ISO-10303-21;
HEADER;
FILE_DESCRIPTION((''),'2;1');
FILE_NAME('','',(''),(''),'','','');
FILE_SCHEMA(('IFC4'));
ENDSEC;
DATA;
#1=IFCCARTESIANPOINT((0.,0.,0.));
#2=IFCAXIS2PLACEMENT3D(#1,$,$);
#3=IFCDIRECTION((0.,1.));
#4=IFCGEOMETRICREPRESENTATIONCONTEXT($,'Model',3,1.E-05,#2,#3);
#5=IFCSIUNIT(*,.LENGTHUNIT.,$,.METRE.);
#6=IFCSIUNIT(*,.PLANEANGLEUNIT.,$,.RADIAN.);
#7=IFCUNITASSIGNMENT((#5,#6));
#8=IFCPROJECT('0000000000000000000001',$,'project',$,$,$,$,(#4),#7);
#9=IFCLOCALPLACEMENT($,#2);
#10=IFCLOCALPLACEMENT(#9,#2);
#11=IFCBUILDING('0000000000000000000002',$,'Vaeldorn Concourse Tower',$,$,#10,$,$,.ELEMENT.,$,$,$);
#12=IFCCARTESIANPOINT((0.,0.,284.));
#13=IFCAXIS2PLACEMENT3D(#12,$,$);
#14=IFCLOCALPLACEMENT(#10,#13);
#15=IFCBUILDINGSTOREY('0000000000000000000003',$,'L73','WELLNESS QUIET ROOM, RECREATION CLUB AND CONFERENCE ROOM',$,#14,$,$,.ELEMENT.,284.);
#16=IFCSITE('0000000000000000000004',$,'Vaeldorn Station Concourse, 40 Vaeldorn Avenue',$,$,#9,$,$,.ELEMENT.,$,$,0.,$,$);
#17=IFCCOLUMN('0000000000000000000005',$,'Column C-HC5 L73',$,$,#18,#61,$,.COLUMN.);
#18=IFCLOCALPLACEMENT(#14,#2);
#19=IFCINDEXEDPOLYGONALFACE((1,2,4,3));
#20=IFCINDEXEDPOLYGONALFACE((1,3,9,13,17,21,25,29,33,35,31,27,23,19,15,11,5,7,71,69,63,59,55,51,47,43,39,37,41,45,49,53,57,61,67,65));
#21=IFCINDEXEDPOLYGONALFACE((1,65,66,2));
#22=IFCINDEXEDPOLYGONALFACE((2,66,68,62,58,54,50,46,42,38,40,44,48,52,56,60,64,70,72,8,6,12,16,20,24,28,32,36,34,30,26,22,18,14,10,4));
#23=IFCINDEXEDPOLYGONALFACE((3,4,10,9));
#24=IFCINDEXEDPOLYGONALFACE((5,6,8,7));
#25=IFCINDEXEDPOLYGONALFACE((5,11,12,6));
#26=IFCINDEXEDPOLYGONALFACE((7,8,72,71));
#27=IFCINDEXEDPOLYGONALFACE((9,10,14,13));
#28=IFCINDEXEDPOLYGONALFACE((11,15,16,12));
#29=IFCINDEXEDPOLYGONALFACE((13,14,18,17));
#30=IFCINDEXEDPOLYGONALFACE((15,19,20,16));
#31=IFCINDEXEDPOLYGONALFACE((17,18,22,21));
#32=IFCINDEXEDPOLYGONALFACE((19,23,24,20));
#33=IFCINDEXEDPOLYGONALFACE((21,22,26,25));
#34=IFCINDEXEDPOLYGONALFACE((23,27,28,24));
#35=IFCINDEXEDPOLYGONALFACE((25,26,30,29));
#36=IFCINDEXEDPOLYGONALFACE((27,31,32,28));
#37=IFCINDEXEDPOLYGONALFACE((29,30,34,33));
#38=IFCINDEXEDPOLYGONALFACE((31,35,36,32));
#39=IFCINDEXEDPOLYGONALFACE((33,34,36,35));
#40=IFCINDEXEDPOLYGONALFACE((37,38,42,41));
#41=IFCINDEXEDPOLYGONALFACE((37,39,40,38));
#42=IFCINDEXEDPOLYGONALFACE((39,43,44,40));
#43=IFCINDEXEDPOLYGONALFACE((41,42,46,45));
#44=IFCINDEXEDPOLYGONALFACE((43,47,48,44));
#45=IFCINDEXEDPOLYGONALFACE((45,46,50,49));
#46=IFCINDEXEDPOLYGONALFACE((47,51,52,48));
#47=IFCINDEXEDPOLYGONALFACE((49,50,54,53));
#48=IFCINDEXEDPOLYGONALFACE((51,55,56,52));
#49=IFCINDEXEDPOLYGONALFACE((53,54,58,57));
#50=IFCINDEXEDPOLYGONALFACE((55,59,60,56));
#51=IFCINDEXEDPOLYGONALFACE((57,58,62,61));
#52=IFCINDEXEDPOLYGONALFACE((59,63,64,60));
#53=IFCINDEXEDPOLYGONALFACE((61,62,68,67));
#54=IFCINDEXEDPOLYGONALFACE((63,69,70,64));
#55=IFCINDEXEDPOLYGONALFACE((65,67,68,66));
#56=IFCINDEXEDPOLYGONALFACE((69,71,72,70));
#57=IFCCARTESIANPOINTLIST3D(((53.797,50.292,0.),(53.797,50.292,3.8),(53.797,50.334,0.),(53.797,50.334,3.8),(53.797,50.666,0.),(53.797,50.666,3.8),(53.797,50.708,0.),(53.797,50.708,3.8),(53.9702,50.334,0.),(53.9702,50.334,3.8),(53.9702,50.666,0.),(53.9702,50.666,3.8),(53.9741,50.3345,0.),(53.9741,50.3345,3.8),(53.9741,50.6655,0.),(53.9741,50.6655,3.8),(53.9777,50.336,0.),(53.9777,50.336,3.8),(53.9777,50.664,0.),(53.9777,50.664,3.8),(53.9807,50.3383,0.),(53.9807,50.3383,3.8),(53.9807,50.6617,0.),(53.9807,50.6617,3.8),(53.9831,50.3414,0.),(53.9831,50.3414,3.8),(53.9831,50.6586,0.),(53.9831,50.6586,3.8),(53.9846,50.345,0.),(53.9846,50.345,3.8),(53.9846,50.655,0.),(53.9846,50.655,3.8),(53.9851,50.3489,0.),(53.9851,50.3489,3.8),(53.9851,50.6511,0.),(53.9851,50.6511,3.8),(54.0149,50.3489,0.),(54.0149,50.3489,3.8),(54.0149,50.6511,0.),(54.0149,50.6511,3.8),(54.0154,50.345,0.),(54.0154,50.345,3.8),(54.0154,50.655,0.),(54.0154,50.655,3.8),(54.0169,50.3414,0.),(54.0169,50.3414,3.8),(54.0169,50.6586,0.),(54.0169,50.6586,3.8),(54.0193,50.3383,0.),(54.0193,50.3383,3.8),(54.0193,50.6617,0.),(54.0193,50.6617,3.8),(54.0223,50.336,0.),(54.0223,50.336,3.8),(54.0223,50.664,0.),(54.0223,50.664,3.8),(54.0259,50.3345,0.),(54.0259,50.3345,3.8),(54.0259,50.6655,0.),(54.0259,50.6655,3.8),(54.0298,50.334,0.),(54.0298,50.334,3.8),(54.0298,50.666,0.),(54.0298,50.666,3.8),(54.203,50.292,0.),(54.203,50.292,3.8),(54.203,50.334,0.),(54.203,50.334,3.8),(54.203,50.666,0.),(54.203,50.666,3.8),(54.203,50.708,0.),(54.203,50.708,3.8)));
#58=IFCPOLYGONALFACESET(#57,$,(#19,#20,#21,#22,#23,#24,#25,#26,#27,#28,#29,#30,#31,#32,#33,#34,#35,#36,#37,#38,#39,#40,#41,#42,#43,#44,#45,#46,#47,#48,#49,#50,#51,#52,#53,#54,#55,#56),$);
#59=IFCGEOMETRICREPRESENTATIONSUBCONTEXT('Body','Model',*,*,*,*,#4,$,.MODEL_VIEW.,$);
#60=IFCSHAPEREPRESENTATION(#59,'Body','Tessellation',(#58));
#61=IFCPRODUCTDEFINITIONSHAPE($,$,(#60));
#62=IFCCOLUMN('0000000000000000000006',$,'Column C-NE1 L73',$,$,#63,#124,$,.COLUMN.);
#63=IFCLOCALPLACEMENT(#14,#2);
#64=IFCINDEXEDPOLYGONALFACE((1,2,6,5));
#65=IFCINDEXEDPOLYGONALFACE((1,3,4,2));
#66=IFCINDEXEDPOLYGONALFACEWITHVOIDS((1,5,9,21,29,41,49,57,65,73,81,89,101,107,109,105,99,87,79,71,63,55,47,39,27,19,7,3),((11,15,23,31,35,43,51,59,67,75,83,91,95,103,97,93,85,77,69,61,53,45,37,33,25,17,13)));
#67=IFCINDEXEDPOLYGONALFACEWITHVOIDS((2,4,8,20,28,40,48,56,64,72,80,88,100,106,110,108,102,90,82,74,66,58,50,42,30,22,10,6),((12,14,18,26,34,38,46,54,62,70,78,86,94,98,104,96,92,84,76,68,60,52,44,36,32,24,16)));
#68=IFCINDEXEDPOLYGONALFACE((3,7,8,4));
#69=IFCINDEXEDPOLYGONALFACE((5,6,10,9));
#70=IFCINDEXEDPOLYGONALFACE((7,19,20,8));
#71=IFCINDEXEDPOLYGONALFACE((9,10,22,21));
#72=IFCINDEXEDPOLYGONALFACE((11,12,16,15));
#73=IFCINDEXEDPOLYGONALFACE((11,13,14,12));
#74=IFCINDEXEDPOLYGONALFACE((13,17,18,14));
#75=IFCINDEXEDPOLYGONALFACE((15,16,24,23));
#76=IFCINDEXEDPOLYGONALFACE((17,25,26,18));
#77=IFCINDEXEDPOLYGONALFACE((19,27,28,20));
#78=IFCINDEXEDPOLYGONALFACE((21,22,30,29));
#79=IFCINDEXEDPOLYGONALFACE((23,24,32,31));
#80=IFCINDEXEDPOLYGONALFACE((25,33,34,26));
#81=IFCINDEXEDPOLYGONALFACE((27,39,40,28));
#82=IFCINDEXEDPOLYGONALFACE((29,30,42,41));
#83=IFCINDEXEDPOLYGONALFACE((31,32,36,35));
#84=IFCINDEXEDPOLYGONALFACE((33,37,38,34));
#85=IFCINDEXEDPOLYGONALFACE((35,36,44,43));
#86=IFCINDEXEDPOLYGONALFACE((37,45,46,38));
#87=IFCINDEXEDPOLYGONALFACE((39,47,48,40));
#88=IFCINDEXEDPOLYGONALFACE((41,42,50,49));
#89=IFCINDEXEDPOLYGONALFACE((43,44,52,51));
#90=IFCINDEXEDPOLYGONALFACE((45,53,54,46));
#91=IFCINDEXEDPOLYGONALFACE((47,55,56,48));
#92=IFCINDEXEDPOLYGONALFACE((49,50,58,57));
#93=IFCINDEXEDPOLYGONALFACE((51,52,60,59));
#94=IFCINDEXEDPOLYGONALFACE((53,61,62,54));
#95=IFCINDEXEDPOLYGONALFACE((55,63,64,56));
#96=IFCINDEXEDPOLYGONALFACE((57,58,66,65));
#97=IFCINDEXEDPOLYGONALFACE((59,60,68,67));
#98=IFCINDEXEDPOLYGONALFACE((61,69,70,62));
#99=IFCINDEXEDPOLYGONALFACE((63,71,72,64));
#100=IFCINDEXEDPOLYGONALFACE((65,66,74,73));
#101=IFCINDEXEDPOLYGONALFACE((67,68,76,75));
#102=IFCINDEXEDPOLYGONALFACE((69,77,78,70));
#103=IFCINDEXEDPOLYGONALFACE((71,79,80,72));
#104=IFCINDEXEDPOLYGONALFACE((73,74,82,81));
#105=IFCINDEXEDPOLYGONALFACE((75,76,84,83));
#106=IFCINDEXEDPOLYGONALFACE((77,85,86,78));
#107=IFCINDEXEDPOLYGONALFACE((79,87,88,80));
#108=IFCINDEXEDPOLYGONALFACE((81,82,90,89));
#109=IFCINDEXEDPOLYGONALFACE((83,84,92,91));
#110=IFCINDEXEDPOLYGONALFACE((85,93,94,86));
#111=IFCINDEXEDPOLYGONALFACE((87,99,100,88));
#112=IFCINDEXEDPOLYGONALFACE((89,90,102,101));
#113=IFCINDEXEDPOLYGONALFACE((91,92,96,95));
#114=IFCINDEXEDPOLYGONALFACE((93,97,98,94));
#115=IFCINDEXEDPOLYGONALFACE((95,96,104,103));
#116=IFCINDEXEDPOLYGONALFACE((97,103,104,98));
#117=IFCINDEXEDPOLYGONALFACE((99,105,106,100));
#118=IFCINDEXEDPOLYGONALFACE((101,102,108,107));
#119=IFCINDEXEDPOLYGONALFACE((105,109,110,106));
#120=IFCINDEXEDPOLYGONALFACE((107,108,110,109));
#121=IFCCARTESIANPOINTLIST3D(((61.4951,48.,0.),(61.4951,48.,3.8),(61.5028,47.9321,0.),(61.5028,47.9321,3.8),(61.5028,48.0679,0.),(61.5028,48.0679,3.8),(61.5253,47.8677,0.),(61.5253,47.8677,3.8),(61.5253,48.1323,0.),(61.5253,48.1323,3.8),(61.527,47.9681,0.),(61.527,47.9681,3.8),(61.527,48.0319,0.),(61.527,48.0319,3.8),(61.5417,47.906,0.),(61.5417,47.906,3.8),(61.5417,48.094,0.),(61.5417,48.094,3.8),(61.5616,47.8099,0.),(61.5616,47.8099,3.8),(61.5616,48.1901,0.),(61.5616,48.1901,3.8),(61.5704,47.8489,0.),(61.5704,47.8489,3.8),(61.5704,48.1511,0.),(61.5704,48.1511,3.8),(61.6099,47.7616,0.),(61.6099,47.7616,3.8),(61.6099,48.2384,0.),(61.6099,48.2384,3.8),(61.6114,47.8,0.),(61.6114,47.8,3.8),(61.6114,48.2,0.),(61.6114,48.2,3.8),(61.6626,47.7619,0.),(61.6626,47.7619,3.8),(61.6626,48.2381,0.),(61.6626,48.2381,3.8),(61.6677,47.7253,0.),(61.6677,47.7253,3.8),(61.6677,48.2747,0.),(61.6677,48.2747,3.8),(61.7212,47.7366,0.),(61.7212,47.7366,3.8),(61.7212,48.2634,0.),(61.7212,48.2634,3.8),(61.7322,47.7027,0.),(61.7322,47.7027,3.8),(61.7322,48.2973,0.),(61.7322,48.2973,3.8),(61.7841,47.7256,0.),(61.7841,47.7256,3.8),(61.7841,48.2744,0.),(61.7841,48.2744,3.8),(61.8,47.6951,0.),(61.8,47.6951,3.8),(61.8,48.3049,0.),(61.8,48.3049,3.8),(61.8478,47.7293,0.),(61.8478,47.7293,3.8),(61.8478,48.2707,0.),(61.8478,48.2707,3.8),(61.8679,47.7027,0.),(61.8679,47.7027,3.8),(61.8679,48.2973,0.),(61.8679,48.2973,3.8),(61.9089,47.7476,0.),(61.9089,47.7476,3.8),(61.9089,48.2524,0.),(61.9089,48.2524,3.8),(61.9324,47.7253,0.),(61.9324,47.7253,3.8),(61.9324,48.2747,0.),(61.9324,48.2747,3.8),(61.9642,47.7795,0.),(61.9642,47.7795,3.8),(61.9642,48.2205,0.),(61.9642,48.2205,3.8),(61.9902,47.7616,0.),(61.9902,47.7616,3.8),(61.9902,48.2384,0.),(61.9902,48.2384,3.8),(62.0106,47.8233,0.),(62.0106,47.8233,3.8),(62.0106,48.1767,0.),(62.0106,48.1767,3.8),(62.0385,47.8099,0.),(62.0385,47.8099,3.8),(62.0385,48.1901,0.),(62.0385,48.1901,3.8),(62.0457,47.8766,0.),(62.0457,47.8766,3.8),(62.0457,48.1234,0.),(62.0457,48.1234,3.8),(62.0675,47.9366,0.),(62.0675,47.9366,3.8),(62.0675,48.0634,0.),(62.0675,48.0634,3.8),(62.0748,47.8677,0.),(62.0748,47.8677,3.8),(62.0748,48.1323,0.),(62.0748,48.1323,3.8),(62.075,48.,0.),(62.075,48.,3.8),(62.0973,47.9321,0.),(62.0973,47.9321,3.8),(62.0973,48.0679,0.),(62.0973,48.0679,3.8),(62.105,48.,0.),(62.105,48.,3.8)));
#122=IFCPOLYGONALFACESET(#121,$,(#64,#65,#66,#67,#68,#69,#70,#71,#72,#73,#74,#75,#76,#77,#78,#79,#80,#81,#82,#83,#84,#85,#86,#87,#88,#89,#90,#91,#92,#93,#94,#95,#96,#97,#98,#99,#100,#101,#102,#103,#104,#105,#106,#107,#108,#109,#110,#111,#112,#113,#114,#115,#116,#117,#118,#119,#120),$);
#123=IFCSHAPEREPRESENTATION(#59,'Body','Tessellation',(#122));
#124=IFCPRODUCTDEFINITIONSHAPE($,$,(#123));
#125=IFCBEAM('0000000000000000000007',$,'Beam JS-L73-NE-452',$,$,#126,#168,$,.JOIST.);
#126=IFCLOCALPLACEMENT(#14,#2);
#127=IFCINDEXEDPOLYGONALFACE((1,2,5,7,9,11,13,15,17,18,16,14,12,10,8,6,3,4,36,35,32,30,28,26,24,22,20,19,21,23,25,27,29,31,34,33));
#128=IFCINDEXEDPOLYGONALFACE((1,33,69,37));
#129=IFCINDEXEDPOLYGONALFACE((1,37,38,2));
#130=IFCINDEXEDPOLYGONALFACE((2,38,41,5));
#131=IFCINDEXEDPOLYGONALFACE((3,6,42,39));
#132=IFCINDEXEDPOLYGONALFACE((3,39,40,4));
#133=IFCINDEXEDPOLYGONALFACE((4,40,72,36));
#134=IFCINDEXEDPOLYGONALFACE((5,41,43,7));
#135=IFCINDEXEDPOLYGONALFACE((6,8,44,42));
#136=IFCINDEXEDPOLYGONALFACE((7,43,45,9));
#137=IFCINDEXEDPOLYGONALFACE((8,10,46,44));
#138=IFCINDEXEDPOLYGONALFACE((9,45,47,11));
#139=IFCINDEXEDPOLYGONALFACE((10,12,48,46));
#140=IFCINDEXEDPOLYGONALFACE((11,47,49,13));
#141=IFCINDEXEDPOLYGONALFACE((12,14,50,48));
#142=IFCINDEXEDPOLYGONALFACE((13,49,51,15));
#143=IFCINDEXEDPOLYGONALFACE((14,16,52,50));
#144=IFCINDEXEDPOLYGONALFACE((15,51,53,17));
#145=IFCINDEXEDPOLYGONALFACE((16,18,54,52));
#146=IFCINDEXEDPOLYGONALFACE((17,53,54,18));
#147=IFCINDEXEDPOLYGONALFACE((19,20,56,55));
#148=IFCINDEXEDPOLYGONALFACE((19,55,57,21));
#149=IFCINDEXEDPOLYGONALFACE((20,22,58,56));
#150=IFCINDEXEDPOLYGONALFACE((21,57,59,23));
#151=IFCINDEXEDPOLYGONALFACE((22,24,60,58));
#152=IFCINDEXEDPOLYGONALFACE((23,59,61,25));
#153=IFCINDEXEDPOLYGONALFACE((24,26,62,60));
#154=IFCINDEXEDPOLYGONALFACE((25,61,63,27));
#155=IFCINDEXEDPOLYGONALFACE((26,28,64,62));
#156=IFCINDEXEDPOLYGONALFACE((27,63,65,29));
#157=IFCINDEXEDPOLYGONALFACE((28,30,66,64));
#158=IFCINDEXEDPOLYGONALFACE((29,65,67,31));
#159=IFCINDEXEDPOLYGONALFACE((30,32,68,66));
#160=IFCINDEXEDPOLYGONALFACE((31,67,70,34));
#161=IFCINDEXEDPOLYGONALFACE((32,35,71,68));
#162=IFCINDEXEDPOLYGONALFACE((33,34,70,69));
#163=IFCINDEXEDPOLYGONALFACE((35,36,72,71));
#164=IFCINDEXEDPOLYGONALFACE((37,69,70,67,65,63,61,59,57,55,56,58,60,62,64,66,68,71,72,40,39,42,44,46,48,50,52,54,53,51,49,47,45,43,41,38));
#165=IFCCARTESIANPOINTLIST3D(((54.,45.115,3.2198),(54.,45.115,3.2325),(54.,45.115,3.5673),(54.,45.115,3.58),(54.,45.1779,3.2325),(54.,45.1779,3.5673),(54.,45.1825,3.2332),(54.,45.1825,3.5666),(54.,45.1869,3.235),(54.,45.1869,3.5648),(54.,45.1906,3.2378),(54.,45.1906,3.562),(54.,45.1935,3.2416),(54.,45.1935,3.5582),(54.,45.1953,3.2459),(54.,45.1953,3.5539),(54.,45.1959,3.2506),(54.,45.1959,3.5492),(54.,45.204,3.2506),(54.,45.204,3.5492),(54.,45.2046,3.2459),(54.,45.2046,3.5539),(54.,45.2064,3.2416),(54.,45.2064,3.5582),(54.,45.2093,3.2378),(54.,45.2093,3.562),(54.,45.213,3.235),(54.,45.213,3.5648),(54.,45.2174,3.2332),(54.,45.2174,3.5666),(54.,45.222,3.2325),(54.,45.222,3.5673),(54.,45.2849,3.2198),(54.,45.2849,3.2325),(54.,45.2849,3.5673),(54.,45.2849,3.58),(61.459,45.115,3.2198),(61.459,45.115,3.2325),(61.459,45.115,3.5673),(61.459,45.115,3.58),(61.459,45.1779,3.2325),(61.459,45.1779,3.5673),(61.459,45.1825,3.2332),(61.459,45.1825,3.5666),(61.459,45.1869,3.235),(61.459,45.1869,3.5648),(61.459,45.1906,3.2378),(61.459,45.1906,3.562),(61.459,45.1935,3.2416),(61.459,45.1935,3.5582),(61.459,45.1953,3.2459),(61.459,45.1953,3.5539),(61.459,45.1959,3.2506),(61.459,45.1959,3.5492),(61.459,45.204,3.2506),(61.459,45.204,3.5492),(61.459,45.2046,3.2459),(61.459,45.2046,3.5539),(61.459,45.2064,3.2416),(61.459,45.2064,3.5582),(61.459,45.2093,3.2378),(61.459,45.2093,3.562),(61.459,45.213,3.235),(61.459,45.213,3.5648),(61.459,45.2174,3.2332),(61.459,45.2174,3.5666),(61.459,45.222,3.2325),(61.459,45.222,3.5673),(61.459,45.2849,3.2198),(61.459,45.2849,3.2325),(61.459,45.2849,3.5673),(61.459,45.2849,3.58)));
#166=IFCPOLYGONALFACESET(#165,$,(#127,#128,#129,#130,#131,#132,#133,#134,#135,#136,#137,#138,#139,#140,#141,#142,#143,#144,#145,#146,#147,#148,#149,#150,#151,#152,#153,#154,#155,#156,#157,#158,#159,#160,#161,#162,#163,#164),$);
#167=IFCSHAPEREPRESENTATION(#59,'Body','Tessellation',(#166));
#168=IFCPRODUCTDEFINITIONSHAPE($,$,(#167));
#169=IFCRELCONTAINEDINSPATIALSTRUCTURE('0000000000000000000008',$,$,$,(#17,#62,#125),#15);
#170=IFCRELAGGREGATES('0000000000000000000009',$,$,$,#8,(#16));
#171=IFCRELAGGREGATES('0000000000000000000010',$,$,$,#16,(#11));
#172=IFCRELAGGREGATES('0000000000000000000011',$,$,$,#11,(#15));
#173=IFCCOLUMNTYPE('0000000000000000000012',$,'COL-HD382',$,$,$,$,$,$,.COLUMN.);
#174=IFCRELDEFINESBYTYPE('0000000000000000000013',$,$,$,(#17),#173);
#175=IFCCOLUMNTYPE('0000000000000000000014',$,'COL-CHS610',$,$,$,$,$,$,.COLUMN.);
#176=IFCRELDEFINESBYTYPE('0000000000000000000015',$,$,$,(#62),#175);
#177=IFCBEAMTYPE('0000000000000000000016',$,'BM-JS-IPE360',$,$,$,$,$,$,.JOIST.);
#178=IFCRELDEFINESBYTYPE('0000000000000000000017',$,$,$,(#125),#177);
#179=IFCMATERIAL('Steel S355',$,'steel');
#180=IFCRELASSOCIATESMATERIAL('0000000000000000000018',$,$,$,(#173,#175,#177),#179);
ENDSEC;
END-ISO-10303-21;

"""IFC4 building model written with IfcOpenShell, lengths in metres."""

from ifc_helpers import new_model, si_unit, direction, frame, origin, origin_2d, place, context, subcontext, project, spatial, hollow_circle, i_section, extrude, source, transform, mapped, material, material_profile, profile_set, type_object, element, save


model = new_model("IFC4")

# Units and contexts
model_context = context("Model", 3, precision=1e-05, world=origin(), true_north=direction((0.0, 1.0)))
body_context = subcontext(model_context, "Body", "Model", "MODEL_VIEW")
ifc_project = project(units=[si_unit("LENGTHUNIT", "METRE"), si_unit("PLANEANGLEUNIT", "RADIAN")], contexts=[model_context])

# Site, building, storey
site_placement = place(None, origin())
site = spatial("IfcSite", under=ifc_project, at=site_placement, Name="Vaeldorn Station Concourse, 40 Vaeldorn Avenue", CompositionType="ELEMENT", RefElevation=0.0)
building_placement = place(site_placement, origin())
building = spatial("IfcBuilding", under=site, at=building_placement, Name="Vaeldorn Concourse Tower", CompositionType="ELEMENT")
storey_placement = place(building_placement, frame((0.0, 0.0, 284.0)))
storey = spatial("IfcBuildingStorey", under=building, at=storey_placement, Name="L73", Description="WELLNESS QUIET ROOM, RECREATION CLUB AND CONFERENCE ROOM", CompositionType="ELEMENT", Elevation=284.0)

# Columns
ifc_material_1 = material(Name="Steel S355", Category="steel")
ifc_material_profile_1 = material_profile(ifc_material_1, i_section(OverallWidth=0.406, OverallDepth=0.416, WebThickness=0.0298, FlangeThickness=0.042, FilletRadius=0.0149, at=origin_2d()), Name="HD 400x382")
ifc_profile_set_1 = profile_set([ifc_material_profile_1], Name="Steel S355")
column_type_1 = type_object("IfcColumnType", Name="COL-HD382", PredefinedType="COLUMN", material=ifc_profile_set_1)
shared_shape_1 = source(origin(), body_context, "Body", "SweptSolid", [
    extrude(i_section(OverallWidth=0.406, OverallDepth=0.416, WebThickness=0.0298, FlangeThickness=0.042, FilletRadius=0.0149, at=origin_2d()), origin(), (0.0, 0.0, 1.0), 3.8),
])
column_1_placement = place(storey_placement, frame((54.0, 50.5, 0.0), z_axis=(0.0, 0.0, 1.0), x_axis=(1.0, 0.0, 0.0)))
element("IfcColumn", 1, at=column_1_placement, inside=storey, type_object=column_type_1, Name="Column C-HC5 L73", PredefinedType="COLUMN", context=body_context, shape_type="MappedRepresentation", body=[
    mapped(shared_shape_1, transform((0.0, 0.0, 0.0), scale=1.0)),
])
ifc_material_profile_2 = material_profile(ifc_material_1, hollow_circle(Radius=0.3049, WallThickness=0.03, at=origin_2d()), Name="CHS 610x30")
ifc_profile_set_2 = profile_set([ifc_material_profile_2], Name="Steel S355")
column_type_2 = type_object("IfcColumnType", Name="COL-CHS610", PredefinedType="COLUMN", material=ifc_profile_set_2)
shared_shape_2 = source(origin(), body_context, "Body", "SweptSolid", [
    extrude(hollow_circle(Radius=0.3049, WallThickness=0.03, at=origin_2d()), origin(), (0.0, 0.0, 1.0), 3.8),
])
column_2_placement = place(storey_placement, frame((61.8, 48.0, 0.0), z_axis=(0.0, 0.0, 1.0), x_axis=(1.0, 0.0, 0.0)))
element("IfcColumn", 2, at=column_2_placement, inside=storey, type_object=column_type_2, Name="Column C-NE1 L73", PredefinedType="COLUMN", context=body_context, shape_type="MappedRepresentation", body=[
    mapped(shared_shape_2, transform((0.0, 0.0, 0.0), scale=1.0)),
])

# Beam
ifc_material_profile_3 = material_profile(ifc_material_1, i_section(OverallWidth=0.1699, OverallDepth=0.3601, WebThickness=0.0081, FlangeThickness=0.0127, FilletRadius=0.0181, at=origin_2d()), Name="IPE 360")
ifc_profile_set_3 = profile_set([ifc_material_profile_3], Name="Steel S355")
beam_type_1 = type_object("IfcBeamType", Name="BM-JS-IPE360", PredefinedType="JOIST", material=ifc_profile_set_3)
shared_shape_3 = source(origin(), body_context, "Body", "SweptSolid", [
    extrude(i_section(OverallWidth=0.1699, OverallDepth=0.3601, WebThickness=0.0081, FlangeThickness=0.0127, FilletRadius=0.0181, at=origin_2d()), origin(), (0.0, 0.0, 1.0), 7.459),
])
beam_1_placement = place(storey_placement, frame((54.0, 45.2, 3.3999), z_axis=(1.0, 0.0, 0.0), x_axis=(0.0, 1.0, 0.0)))
element("IfcBeam", 3, at=beam_1_placement, inside=storey, type_object=beam_type_1, Name="Beam JS-L73-NE-452", PredefinedType="JOIST", context=body_context, shape_type="MappedRepresentation", body=[
    mapped(shared_shape_3, transform((0.0, 0.0, 0.0), scale=1.0)),
])

save(model, "model.ifc")
